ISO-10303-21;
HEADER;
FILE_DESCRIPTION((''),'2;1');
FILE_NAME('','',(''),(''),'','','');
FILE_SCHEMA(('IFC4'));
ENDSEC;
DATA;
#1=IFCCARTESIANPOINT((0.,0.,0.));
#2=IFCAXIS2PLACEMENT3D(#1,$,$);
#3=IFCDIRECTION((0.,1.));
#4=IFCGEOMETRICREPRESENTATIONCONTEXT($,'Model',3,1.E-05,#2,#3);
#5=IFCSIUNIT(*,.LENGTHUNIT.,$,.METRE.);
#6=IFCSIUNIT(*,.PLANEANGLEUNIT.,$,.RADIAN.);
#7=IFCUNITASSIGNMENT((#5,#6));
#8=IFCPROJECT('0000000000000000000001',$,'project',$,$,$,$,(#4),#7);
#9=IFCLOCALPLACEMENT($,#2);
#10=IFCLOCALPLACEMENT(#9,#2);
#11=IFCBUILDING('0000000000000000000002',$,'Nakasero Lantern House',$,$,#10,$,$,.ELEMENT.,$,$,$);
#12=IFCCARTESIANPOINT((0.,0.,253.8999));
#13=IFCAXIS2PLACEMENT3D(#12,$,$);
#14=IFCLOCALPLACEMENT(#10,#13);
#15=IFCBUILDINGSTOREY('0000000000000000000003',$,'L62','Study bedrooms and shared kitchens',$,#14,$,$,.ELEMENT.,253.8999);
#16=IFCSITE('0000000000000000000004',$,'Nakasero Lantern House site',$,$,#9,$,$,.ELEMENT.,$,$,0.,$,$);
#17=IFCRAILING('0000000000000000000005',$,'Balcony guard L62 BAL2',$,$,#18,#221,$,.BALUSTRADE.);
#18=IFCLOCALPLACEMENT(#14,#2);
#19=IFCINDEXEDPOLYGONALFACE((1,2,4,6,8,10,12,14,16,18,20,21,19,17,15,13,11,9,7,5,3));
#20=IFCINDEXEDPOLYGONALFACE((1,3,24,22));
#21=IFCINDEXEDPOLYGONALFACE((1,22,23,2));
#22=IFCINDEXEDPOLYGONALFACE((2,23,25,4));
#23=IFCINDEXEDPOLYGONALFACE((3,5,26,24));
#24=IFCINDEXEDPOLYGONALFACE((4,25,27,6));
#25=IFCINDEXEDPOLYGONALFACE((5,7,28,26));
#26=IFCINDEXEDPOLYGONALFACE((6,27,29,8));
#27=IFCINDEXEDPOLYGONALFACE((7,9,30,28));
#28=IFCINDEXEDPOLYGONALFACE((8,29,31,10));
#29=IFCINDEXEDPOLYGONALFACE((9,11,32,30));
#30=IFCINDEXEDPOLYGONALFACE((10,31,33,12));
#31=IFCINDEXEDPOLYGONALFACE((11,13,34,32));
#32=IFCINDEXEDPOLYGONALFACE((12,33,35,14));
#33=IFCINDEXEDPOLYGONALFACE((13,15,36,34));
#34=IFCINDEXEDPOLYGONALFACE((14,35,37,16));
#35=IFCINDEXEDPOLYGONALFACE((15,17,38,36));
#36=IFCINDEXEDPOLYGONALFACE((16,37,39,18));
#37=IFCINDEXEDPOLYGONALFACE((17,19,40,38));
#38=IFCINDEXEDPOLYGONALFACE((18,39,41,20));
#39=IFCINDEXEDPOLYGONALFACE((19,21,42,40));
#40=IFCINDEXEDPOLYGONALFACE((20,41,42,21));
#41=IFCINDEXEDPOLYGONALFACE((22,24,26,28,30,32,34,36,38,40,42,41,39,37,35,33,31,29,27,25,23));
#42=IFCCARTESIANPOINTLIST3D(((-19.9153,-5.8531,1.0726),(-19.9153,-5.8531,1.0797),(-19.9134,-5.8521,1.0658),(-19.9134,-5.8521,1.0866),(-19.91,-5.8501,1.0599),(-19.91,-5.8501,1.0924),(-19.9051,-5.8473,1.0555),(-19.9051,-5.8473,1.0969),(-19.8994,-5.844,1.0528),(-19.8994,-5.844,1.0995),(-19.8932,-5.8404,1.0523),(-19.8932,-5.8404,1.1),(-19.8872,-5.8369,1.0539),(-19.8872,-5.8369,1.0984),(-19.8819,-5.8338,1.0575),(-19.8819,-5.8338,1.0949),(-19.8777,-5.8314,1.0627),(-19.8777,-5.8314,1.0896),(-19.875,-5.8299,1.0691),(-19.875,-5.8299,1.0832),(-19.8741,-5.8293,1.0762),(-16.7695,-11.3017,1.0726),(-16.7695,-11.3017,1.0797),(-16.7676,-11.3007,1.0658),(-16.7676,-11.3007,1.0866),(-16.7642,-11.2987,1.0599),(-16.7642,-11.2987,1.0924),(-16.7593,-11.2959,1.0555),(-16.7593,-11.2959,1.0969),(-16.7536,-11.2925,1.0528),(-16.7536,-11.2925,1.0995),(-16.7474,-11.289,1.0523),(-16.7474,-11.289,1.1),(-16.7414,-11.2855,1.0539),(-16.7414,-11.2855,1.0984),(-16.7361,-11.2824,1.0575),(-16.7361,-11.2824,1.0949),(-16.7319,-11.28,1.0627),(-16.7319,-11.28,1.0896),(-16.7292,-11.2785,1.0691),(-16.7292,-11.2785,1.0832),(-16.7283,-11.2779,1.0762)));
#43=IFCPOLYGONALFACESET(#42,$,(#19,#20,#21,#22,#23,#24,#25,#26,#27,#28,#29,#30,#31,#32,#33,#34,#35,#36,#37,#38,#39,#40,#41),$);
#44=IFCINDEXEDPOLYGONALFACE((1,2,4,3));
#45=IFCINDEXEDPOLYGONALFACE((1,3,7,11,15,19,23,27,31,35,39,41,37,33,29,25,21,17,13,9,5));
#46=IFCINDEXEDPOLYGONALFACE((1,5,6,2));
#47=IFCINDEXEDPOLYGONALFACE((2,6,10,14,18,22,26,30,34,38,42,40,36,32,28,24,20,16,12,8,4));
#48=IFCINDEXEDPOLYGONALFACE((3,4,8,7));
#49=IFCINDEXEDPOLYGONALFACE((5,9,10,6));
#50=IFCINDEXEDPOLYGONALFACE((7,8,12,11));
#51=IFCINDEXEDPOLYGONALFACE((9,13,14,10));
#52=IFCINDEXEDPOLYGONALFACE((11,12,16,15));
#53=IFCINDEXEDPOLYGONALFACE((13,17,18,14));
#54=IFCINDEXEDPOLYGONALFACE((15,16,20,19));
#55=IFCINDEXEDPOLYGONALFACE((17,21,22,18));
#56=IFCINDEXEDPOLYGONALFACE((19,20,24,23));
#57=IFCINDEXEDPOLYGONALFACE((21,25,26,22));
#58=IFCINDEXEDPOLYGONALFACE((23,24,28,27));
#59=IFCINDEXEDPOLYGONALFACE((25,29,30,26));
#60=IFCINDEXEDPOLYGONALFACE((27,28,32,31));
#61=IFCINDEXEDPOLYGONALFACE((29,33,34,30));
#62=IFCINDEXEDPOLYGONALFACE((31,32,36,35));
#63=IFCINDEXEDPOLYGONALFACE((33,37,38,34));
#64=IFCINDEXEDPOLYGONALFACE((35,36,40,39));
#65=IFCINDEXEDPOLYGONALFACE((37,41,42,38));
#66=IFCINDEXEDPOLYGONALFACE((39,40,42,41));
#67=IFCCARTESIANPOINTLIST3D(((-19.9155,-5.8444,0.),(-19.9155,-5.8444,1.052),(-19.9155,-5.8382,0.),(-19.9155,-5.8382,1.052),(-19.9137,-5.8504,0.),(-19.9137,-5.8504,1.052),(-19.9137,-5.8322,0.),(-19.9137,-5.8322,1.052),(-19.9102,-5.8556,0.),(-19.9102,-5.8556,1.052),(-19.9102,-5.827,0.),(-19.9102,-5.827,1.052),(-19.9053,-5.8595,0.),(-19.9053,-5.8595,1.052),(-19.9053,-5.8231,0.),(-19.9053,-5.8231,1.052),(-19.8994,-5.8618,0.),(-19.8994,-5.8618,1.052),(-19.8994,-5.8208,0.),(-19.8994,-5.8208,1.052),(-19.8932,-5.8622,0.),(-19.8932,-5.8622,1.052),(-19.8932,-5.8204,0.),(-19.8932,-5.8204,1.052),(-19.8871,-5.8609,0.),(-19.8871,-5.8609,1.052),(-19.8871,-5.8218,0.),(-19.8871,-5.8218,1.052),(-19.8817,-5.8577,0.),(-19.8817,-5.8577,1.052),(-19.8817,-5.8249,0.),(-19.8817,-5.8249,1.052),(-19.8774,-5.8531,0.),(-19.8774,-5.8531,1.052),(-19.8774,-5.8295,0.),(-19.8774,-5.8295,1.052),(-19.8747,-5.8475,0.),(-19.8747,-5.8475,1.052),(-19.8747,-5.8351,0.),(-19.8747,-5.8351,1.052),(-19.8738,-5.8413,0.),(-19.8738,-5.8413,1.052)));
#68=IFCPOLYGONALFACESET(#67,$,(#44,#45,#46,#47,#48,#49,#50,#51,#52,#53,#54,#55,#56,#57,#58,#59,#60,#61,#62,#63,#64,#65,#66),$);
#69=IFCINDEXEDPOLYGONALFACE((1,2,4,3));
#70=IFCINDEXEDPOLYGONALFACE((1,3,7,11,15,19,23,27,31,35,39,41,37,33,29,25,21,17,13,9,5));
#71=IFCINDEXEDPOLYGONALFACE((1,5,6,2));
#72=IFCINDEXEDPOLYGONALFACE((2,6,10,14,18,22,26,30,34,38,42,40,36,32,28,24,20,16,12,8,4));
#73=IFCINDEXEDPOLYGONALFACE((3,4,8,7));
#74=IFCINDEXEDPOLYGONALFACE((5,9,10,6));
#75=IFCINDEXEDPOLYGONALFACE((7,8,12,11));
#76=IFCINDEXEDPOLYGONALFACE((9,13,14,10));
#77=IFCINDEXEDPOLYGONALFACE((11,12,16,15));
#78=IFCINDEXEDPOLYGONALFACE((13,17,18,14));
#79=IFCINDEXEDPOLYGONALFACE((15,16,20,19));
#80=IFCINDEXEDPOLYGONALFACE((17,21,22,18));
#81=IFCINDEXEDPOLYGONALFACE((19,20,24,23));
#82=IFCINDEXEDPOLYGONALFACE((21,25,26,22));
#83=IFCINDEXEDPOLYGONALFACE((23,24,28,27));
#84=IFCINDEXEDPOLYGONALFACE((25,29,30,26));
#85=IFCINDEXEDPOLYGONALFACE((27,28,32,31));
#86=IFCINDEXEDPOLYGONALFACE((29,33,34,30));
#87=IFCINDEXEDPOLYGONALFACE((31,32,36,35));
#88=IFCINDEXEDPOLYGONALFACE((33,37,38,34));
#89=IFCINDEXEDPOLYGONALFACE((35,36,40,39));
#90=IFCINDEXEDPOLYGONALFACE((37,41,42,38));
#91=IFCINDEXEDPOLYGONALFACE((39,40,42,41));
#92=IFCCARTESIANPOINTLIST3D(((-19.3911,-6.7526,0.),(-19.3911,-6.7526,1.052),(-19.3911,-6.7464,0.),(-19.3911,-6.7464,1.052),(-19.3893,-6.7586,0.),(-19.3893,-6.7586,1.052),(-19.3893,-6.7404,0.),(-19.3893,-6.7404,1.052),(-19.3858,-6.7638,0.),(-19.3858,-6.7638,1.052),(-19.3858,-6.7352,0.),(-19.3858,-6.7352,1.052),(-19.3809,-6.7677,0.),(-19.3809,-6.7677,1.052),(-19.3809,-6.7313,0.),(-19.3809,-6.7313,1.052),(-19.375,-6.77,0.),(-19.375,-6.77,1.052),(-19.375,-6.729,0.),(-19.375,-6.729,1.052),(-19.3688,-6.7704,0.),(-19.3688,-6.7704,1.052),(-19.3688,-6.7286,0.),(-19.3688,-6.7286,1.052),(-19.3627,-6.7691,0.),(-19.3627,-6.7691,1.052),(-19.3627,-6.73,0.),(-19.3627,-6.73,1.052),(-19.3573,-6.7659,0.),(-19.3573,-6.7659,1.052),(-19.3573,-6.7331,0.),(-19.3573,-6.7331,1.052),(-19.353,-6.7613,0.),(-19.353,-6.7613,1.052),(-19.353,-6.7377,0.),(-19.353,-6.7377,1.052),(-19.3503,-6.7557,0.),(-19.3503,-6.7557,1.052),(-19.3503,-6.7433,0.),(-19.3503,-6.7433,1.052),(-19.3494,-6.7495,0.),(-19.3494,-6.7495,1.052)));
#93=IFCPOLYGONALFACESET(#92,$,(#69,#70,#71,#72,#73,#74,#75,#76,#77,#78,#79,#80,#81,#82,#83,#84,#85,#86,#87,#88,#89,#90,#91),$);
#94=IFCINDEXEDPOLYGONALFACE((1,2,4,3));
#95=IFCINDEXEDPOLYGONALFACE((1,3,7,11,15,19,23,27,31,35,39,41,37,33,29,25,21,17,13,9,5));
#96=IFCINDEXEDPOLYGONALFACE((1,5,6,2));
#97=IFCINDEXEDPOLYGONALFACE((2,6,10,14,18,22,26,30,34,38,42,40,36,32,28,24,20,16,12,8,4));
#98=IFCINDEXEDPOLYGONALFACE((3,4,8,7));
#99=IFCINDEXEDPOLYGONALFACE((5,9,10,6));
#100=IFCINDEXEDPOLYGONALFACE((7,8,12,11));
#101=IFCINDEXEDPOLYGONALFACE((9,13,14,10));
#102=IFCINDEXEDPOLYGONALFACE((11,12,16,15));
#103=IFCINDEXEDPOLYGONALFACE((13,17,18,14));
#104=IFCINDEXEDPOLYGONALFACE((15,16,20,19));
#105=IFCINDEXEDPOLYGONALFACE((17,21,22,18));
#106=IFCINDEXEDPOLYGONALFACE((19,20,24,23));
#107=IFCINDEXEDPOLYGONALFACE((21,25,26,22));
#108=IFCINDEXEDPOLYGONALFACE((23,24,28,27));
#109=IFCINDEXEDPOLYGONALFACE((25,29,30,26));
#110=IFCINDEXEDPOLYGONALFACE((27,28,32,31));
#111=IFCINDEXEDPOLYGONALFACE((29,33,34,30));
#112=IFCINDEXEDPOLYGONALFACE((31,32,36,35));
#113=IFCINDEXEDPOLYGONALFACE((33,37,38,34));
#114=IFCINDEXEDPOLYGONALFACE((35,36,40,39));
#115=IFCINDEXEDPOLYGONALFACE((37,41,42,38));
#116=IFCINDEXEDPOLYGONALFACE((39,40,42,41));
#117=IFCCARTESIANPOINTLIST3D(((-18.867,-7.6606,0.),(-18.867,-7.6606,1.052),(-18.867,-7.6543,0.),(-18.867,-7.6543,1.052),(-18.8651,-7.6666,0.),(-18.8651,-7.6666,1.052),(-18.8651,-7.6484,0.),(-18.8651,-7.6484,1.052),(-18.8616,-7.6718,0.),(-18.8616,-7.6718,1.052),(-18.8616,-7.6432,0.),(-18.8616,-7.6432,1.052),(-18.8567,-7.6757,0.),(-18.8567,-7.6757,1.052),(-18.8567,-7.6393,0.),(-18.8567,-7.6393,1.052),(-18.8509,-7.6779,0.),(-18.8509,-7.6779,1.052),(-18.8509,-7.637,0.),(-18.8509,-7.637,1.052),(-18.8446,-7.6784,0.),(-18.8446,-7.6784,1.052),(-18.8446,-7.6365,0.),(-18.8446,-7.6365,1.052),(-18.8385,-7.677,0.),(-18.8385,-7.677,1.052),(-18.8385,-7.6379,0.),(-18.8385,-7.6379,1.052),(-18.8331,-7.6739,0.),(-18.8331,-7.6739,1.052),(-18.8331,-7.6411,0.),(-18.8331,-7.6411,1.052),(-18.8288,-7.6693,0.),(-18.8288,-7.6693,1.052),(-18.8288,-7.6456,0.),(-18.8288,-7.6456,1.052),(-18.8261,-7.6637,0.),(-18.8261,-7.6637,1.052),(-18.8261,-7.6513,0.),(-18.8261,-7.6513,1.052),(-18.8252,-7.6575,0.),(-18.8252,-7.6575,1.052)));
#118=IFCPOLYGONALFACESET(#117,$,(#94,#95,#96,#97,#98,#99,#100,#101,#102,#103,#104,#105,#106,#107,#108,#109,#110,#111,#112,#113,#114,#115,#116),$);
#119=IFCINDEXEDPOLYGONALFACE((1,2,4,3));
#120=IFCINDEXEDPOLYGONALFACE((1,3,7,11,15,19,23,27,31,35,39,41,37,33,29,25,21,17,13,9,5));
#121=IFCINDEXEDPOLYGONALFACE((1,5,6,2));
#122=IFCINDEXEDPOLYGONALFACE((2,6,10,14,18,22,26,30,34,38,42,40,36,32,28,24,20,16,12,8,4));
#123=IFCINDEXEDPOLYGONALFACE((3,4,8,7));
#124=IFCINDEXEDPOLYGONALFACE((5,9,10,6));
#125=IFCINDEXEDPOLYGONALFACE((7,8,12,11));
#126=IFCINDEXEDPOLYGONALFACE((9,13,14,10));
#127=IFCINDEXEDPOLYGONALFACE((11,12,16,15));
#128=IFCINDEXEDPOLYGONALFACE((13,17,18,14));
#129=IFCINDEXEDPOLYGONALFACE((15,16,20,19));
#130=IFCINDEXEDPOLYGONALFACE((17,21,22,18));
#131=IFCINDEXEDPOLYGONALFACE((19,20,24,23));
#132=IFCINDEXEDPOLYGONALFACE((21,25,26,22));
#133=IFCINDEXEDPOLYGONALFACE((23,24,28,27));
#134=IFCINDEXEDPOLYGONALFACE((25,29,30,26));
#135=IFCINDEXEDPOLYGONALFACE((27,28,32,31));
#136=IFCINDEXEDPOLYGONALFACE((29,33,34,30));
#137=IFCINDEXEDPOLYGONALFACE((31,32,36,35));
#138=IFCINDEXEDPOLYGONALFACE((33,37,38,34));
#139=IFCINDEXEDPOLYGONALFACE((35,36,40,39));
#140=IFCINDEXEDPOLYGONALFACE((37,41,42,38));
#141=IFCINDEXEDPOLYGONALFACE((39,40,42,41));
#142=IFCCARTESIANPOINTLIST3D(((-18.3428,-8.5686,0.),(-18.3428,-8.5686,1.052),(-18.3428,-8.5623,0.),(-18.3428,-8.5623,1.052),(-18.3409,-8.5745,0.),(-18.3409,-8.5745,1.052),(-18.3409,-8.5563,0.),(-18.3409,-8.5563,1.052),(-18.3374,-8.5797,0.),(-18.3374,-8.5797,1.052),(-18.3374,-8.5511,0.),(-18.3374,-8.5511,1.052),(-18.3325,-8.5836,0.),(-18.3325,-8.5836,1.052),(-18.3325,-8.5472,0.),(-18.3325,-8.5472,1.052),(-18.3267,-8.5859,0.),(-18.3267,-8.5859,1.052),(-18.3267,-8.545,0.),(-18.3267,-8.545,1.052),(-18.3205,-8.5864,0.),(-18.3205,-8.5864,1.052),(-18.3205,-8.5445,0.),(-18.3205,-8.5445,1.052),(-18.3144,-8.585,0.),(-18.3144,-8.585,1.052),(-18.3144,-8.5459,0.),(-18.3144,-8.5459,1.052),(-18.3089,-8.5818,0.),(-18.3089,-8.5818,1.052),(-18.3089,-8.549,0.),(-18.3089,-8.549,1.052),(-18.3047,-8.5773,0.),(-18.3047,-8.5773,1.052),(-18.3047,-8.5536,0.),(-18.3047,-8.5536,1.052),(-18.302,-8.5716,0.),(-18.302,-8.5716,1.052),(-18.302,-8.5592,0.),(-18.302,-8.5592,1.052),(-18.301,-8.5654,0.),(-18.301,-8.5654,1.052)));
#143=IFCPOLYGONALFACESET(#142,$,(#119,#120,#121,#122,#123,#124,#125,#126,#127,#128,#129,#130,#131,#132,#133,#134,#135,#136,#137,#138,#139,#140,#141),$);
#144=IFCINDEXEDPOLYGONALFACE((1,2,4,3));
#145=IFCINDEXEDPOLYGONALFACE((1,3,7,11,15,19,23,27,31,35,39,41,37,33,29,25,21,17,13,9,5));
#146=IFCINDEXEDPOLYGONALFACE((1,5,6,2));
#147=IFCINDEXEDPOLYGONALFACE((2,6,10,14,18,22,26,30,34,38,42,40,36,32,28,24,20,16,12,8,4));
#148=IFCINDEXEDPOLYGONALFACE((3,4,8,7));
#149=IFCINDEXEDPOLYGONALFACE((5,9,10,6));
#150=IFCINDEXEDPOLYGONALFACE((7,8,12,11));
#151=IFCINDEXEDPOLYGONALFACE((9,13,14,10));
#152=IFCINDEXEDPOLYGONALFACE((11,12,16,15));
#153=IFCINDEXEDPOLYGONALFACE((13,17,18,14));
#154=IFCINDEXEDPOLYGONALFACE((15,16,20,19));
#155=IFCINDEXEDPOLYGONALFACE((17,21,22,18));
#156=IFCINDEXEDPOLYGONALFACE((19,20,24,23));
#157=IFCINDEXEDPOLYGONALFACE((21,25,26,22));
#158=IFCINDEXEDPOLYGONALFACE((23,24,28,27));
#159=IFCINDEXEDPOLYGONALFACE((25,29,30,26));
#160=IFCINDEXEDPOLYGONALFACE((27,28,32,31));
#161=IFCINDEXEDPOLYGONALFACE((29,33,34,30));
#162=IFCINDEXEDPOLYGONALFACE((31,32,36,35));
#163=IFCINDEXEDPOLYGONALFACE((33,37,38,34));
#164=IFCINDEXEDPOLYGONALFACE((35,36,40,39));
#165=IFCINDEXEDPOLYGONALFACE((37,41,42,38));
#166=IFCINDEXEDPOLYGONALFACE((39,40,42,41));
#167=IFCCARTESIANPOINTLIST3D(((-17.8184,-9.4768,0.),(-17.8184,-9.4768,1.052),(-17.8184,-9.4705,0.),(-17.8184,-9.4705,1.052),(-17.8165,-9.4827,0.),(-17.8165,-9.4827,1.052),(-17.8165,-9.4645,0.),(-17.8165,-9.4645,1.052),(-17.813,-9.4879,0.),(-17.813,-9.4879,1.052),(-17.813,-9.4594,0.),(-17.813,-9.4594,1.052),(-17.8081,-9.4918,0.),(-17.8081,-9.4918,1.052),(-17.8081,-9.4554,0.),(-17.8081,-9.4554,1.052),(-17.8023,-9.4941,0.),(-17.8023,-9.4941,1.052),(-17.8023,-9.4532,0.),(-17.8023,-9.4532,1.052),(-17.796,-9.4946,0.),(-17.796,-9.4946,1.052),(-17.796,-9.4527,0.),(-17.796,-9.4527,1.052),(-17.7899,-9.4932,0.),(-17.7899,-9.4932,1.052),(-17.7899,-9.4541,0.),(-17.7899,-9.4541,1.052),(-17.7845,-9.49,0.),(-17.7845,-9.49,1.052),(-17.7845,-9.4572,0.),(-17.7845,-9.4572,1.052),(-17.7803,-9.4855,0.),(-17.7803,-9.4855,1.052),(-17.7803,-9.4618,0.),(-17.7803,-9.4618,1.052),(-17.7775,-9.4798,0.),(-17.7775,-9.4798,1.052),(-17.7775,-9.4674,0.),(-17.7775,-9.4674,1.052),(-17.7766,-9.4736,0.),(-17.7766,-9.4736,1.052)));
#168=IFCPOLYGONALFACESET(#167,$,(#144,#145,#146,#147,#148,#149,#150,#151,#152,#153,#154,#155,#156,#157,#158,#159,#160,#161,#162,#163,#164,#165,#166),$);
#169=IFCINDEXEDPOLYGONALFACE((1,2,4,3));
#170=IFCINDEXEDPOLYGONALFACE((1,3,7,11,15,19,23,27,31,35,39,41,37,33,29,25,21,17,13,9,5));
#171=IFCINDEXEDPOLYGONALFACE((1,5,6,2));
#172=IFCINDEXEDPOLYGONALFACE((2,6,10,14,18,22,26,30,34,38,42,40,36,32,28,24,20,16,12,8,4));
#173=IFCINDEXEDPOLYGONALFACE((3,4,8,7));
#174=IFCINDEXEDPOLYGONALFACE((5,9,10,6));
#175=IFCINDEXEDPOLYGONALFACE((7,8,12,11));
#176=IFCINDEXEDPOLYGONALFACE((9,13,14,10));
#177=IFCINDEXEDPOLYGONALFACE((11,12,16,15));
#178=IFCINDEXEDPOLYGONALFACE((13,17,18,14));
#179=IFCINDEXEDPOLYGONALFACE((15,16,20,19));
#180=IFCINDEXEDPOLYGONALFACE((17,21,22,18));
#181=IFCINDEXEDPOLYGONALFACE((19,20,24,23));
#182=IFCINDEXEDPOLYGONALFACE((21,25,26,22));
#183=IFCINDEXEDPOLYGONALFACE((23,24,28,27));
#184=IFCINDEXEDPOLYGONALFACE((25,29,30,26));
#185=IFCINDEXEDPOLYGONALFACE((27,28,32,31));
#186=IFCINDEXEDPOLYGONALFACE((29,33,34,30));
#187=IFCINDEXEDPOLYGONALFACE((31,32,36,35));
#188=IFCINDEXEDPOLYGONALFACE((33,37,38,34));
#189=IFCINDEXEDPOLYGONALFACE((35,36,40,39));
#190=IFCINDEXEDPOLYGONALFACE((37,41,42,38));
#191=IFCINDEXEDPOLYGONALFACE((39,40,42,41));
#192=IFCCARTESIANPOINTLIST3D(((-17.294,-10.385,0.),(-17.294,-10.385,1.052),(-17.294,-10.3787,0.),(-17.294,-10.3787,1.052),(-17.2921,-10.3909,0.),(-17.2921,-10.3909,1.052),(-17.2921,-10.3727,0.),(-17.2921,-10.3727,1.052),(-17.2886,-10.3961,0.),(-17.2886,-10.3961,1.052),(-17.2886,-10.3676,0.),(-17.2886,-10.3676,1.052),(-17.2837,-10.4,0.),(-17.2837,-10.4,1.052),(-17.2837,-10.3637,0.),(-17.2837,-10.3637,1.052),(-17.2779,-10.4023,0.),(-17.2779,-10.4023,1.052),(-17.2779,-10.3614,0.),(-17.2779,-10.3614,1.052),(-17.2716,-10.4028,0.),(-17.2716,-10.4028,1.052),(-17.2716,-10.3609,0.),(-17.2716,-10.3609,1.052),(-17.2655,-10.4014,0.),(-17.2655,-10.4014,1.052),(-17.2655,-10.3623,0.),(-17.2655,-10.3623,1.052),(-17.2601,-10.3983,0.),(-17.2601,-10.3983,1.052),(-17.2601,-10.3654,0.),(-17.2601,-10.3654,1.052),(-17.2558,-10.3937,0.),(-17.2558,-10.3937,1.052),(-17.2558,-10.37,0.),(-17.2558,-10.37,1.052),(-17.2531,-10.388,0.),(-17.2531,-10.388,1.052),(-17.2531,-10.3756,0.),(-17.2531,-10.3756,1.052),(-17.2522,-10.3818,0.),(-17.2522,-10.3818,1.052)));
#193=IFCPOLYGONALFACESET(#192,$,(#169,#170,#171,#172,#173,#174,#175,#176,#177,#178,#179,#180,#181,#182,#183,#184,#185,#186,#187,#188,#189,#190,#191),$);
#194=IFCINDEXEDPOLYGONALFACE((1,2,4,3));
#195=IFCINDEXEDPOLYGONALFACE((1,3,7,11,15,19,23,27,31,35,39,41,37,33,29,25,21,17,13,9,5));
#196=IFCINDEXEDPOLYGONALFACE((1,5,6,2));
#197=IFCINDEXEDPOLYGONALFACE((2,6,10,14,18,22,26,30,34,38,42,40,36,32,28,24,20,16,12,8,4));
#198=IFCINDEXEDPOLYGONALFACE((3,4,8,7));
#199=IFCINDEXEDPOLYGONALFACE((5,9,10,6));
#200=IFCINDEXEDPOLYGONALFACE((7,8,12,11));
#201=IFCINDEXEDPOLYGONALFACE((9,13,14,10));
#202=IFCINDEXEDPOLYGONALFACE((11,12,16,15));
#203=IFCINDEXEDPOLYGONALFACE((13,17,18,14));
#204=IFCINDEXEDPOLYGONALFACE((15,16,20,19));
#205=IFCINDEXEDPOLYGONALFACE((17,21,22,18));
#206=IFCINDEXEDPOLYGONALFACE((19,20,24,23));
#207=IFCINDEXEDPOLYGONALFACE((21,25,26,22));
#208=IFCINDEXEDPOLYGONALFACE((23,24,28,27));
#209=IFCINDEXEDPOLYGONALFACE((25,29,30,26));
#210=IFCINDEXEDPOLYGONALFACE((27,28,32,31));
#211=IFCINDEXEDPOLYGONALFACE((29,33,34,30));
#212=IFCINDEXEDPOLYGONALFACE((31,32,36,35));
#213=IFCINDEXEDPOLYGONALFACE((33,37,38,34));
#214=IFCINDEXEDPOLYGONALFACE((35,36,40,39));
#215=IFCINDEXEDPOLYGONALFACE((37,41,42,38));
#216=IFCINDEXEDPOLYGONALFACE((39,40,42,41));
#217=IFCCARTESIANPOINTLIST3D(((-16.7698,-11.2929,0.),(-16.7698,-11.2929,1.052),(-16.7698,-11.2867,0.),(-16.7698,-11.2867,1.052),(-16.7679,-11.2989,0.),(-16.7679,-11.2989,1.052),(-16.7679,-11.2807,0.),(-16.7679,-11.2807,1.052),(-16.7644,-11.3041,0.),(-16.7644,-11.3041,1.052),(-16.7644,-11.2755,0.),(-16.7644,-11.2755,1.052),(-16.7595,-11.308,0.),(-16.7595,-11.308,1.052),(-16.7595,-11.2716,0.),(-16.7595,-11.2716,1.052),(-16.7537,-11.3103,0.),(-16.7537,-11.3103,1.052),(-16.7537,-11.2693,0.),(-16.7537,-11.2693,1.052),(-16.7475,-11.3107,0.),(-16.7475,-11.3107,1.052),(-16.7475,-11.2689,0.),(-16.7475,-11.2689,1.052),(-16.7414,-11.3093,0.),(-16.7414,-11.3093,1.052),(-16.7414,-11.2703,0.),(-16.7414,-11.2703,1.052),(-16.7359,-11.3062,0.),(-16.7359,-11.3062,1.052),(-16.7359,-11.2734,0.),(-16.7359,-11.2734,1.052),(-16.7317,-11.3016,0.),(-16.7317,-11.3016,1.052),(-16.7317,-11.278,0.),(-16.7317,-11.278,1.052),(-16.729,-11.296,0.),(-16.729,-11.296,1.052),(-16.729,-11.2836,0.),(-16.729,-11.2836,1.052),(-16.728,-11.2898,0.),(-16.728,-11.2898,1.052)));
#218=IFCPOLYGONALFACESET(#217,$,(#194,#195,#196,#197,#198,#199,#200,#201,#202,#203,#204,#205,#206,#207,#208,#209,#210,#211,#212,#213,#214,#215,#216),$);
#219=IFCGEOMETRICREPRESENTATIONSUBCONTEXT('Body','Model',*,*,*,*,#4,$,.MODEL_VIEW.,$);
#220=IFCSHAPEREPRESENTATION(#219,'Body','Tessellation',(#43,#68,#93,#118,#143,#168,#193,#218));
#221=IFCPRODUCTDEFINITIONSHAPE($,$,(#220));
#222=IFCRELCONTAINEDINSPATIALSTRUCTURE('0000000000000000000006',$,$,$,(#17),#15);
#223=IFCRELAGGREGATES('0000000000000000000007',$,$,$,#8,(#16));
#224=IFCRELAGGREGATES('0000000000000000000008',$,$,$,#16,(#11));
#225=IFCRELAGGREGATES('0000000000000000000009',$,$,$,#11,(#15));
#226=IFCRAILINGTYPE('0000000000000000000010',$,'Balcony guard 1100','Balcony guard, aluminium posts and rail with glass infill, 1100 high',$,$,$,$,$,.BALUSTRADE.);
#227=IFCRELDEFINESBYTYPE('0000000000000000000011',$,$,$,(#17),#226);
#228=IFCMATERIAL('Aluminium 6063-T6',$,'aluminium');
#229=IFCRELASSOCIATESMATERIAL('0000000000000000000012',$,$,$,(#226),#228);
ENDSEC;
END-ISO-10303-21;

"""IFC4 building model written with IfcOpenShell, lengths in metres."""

from ifc_helpers import new_model, si_unit, direction, frame, origin, origin_2d, place, context, subcontext, project, spatial, circle, extrude, material, type_object, element, save


model = new_model("IFC4")

# Units and contexts
model_context = context("Model", 3, precision=1e-05, world=origin(), true_north=direction((0.0, 1.0)))
body_context = subcontext(model_context, "Body", "Model", "MODEL_VIEW")
ifc_project = project(units=[si_unit("LENGTHUNIT", "METRE"), si_unit("PLANEANGLEUNIT", "RADIAN")], contexts=[model_context])

# Site, building, storey
site_placement = place(None, origin())
site = spatial("IfcSite", under=ifc_project, at=site_placement, Name="Nakasero Lantern House site", CompositionType="ELEMENT", RefElevation=0.0)
building_placement = place(site_placement, origin())
building = spatial("IfcBuilding", under=site, at=building_placement, Name="Nakasero Lantern House", CompositionType="ELEMENT")
storey_placement = place(building_placement, frame((0.0, 0.0, 253.8999)))
storey = spatial("IfcBuildingStorey", under=building, at=storey_placement, Name="L62", Description="Study bedrooms and shared kitchens", CompositionType="ELEMENT", Elevation=253.8999)

# Railing
ifc_material_1 = material(Name="Aluminium 6063-T6", Category="aluminium")
railing_type = type_object("IfcRailingType", Name="Balcony guard 1100", Description="Balcony guard, aluminium posts and rail with glass infill, 1100 high", PredefinedType="BALUSTRADE", material=ifc_material_1)
railing_placement = place(storey_placement, frame((-19.8948, -5.8413, 0.0)))
element("IfcRailing", 1, at=railing_placement, inside=storey, type_object=railing_type, Name="Balcony guard L62 BAL2", PredefinedType="BALUSTRADE", context=body_context, shape_type="SweptSolid", body=[
    extrude(circle(Radius=0.0239, at=origin_2d()), frame((0.0, 0.0, 1.0762), z_axis=(0.500008, -0.866021, 0.0), x_axis=(0.866021, 0.500008, 0.0)), (0.0, 0.0, 1.0), 6.2915),
    extrude(circle(Radius=0.021, at=origin_2d()), origin(), (0.0, 0.0, 1.0), 1.052),
    extrude(circle(Radius=0.021, at=origin_2d()), frame((0.5244, -0.9082, 0.0)), (0.0, 0.0, 1.0), 1.052),
    extrude(circle(Radius=0.021, at=origin_2d()), frame((1.0486, -1.8162, 0.0)), (0.0, 0.0, 1.0), 1.052),
    extrude(circle(Radius=0.021, at=origin_2d()), frame((1.5728, -2.7241, 0.0)), (0.0, 0.0, 1.0), 1.052),
    extrude(circle(Radius=0.021, at=origin_2d()), frame((2.0972, -3.6323, 0.0)), (0.0, 0.0, 1.0), 1.052),
    extrude(circle(Radius=0.021, at=origin_2d()), frame((2.6216, -4.5405, 0.0)), (0.0, 0.0, 1.0), 1.052),
    extrude(circle(Radius=0.021, at=origin_2d()), frame((3.1458, -5.4485, 0.0)), (0.0, 0.0, 1.0), 1.052),
])

save(model, "model.ifc")
